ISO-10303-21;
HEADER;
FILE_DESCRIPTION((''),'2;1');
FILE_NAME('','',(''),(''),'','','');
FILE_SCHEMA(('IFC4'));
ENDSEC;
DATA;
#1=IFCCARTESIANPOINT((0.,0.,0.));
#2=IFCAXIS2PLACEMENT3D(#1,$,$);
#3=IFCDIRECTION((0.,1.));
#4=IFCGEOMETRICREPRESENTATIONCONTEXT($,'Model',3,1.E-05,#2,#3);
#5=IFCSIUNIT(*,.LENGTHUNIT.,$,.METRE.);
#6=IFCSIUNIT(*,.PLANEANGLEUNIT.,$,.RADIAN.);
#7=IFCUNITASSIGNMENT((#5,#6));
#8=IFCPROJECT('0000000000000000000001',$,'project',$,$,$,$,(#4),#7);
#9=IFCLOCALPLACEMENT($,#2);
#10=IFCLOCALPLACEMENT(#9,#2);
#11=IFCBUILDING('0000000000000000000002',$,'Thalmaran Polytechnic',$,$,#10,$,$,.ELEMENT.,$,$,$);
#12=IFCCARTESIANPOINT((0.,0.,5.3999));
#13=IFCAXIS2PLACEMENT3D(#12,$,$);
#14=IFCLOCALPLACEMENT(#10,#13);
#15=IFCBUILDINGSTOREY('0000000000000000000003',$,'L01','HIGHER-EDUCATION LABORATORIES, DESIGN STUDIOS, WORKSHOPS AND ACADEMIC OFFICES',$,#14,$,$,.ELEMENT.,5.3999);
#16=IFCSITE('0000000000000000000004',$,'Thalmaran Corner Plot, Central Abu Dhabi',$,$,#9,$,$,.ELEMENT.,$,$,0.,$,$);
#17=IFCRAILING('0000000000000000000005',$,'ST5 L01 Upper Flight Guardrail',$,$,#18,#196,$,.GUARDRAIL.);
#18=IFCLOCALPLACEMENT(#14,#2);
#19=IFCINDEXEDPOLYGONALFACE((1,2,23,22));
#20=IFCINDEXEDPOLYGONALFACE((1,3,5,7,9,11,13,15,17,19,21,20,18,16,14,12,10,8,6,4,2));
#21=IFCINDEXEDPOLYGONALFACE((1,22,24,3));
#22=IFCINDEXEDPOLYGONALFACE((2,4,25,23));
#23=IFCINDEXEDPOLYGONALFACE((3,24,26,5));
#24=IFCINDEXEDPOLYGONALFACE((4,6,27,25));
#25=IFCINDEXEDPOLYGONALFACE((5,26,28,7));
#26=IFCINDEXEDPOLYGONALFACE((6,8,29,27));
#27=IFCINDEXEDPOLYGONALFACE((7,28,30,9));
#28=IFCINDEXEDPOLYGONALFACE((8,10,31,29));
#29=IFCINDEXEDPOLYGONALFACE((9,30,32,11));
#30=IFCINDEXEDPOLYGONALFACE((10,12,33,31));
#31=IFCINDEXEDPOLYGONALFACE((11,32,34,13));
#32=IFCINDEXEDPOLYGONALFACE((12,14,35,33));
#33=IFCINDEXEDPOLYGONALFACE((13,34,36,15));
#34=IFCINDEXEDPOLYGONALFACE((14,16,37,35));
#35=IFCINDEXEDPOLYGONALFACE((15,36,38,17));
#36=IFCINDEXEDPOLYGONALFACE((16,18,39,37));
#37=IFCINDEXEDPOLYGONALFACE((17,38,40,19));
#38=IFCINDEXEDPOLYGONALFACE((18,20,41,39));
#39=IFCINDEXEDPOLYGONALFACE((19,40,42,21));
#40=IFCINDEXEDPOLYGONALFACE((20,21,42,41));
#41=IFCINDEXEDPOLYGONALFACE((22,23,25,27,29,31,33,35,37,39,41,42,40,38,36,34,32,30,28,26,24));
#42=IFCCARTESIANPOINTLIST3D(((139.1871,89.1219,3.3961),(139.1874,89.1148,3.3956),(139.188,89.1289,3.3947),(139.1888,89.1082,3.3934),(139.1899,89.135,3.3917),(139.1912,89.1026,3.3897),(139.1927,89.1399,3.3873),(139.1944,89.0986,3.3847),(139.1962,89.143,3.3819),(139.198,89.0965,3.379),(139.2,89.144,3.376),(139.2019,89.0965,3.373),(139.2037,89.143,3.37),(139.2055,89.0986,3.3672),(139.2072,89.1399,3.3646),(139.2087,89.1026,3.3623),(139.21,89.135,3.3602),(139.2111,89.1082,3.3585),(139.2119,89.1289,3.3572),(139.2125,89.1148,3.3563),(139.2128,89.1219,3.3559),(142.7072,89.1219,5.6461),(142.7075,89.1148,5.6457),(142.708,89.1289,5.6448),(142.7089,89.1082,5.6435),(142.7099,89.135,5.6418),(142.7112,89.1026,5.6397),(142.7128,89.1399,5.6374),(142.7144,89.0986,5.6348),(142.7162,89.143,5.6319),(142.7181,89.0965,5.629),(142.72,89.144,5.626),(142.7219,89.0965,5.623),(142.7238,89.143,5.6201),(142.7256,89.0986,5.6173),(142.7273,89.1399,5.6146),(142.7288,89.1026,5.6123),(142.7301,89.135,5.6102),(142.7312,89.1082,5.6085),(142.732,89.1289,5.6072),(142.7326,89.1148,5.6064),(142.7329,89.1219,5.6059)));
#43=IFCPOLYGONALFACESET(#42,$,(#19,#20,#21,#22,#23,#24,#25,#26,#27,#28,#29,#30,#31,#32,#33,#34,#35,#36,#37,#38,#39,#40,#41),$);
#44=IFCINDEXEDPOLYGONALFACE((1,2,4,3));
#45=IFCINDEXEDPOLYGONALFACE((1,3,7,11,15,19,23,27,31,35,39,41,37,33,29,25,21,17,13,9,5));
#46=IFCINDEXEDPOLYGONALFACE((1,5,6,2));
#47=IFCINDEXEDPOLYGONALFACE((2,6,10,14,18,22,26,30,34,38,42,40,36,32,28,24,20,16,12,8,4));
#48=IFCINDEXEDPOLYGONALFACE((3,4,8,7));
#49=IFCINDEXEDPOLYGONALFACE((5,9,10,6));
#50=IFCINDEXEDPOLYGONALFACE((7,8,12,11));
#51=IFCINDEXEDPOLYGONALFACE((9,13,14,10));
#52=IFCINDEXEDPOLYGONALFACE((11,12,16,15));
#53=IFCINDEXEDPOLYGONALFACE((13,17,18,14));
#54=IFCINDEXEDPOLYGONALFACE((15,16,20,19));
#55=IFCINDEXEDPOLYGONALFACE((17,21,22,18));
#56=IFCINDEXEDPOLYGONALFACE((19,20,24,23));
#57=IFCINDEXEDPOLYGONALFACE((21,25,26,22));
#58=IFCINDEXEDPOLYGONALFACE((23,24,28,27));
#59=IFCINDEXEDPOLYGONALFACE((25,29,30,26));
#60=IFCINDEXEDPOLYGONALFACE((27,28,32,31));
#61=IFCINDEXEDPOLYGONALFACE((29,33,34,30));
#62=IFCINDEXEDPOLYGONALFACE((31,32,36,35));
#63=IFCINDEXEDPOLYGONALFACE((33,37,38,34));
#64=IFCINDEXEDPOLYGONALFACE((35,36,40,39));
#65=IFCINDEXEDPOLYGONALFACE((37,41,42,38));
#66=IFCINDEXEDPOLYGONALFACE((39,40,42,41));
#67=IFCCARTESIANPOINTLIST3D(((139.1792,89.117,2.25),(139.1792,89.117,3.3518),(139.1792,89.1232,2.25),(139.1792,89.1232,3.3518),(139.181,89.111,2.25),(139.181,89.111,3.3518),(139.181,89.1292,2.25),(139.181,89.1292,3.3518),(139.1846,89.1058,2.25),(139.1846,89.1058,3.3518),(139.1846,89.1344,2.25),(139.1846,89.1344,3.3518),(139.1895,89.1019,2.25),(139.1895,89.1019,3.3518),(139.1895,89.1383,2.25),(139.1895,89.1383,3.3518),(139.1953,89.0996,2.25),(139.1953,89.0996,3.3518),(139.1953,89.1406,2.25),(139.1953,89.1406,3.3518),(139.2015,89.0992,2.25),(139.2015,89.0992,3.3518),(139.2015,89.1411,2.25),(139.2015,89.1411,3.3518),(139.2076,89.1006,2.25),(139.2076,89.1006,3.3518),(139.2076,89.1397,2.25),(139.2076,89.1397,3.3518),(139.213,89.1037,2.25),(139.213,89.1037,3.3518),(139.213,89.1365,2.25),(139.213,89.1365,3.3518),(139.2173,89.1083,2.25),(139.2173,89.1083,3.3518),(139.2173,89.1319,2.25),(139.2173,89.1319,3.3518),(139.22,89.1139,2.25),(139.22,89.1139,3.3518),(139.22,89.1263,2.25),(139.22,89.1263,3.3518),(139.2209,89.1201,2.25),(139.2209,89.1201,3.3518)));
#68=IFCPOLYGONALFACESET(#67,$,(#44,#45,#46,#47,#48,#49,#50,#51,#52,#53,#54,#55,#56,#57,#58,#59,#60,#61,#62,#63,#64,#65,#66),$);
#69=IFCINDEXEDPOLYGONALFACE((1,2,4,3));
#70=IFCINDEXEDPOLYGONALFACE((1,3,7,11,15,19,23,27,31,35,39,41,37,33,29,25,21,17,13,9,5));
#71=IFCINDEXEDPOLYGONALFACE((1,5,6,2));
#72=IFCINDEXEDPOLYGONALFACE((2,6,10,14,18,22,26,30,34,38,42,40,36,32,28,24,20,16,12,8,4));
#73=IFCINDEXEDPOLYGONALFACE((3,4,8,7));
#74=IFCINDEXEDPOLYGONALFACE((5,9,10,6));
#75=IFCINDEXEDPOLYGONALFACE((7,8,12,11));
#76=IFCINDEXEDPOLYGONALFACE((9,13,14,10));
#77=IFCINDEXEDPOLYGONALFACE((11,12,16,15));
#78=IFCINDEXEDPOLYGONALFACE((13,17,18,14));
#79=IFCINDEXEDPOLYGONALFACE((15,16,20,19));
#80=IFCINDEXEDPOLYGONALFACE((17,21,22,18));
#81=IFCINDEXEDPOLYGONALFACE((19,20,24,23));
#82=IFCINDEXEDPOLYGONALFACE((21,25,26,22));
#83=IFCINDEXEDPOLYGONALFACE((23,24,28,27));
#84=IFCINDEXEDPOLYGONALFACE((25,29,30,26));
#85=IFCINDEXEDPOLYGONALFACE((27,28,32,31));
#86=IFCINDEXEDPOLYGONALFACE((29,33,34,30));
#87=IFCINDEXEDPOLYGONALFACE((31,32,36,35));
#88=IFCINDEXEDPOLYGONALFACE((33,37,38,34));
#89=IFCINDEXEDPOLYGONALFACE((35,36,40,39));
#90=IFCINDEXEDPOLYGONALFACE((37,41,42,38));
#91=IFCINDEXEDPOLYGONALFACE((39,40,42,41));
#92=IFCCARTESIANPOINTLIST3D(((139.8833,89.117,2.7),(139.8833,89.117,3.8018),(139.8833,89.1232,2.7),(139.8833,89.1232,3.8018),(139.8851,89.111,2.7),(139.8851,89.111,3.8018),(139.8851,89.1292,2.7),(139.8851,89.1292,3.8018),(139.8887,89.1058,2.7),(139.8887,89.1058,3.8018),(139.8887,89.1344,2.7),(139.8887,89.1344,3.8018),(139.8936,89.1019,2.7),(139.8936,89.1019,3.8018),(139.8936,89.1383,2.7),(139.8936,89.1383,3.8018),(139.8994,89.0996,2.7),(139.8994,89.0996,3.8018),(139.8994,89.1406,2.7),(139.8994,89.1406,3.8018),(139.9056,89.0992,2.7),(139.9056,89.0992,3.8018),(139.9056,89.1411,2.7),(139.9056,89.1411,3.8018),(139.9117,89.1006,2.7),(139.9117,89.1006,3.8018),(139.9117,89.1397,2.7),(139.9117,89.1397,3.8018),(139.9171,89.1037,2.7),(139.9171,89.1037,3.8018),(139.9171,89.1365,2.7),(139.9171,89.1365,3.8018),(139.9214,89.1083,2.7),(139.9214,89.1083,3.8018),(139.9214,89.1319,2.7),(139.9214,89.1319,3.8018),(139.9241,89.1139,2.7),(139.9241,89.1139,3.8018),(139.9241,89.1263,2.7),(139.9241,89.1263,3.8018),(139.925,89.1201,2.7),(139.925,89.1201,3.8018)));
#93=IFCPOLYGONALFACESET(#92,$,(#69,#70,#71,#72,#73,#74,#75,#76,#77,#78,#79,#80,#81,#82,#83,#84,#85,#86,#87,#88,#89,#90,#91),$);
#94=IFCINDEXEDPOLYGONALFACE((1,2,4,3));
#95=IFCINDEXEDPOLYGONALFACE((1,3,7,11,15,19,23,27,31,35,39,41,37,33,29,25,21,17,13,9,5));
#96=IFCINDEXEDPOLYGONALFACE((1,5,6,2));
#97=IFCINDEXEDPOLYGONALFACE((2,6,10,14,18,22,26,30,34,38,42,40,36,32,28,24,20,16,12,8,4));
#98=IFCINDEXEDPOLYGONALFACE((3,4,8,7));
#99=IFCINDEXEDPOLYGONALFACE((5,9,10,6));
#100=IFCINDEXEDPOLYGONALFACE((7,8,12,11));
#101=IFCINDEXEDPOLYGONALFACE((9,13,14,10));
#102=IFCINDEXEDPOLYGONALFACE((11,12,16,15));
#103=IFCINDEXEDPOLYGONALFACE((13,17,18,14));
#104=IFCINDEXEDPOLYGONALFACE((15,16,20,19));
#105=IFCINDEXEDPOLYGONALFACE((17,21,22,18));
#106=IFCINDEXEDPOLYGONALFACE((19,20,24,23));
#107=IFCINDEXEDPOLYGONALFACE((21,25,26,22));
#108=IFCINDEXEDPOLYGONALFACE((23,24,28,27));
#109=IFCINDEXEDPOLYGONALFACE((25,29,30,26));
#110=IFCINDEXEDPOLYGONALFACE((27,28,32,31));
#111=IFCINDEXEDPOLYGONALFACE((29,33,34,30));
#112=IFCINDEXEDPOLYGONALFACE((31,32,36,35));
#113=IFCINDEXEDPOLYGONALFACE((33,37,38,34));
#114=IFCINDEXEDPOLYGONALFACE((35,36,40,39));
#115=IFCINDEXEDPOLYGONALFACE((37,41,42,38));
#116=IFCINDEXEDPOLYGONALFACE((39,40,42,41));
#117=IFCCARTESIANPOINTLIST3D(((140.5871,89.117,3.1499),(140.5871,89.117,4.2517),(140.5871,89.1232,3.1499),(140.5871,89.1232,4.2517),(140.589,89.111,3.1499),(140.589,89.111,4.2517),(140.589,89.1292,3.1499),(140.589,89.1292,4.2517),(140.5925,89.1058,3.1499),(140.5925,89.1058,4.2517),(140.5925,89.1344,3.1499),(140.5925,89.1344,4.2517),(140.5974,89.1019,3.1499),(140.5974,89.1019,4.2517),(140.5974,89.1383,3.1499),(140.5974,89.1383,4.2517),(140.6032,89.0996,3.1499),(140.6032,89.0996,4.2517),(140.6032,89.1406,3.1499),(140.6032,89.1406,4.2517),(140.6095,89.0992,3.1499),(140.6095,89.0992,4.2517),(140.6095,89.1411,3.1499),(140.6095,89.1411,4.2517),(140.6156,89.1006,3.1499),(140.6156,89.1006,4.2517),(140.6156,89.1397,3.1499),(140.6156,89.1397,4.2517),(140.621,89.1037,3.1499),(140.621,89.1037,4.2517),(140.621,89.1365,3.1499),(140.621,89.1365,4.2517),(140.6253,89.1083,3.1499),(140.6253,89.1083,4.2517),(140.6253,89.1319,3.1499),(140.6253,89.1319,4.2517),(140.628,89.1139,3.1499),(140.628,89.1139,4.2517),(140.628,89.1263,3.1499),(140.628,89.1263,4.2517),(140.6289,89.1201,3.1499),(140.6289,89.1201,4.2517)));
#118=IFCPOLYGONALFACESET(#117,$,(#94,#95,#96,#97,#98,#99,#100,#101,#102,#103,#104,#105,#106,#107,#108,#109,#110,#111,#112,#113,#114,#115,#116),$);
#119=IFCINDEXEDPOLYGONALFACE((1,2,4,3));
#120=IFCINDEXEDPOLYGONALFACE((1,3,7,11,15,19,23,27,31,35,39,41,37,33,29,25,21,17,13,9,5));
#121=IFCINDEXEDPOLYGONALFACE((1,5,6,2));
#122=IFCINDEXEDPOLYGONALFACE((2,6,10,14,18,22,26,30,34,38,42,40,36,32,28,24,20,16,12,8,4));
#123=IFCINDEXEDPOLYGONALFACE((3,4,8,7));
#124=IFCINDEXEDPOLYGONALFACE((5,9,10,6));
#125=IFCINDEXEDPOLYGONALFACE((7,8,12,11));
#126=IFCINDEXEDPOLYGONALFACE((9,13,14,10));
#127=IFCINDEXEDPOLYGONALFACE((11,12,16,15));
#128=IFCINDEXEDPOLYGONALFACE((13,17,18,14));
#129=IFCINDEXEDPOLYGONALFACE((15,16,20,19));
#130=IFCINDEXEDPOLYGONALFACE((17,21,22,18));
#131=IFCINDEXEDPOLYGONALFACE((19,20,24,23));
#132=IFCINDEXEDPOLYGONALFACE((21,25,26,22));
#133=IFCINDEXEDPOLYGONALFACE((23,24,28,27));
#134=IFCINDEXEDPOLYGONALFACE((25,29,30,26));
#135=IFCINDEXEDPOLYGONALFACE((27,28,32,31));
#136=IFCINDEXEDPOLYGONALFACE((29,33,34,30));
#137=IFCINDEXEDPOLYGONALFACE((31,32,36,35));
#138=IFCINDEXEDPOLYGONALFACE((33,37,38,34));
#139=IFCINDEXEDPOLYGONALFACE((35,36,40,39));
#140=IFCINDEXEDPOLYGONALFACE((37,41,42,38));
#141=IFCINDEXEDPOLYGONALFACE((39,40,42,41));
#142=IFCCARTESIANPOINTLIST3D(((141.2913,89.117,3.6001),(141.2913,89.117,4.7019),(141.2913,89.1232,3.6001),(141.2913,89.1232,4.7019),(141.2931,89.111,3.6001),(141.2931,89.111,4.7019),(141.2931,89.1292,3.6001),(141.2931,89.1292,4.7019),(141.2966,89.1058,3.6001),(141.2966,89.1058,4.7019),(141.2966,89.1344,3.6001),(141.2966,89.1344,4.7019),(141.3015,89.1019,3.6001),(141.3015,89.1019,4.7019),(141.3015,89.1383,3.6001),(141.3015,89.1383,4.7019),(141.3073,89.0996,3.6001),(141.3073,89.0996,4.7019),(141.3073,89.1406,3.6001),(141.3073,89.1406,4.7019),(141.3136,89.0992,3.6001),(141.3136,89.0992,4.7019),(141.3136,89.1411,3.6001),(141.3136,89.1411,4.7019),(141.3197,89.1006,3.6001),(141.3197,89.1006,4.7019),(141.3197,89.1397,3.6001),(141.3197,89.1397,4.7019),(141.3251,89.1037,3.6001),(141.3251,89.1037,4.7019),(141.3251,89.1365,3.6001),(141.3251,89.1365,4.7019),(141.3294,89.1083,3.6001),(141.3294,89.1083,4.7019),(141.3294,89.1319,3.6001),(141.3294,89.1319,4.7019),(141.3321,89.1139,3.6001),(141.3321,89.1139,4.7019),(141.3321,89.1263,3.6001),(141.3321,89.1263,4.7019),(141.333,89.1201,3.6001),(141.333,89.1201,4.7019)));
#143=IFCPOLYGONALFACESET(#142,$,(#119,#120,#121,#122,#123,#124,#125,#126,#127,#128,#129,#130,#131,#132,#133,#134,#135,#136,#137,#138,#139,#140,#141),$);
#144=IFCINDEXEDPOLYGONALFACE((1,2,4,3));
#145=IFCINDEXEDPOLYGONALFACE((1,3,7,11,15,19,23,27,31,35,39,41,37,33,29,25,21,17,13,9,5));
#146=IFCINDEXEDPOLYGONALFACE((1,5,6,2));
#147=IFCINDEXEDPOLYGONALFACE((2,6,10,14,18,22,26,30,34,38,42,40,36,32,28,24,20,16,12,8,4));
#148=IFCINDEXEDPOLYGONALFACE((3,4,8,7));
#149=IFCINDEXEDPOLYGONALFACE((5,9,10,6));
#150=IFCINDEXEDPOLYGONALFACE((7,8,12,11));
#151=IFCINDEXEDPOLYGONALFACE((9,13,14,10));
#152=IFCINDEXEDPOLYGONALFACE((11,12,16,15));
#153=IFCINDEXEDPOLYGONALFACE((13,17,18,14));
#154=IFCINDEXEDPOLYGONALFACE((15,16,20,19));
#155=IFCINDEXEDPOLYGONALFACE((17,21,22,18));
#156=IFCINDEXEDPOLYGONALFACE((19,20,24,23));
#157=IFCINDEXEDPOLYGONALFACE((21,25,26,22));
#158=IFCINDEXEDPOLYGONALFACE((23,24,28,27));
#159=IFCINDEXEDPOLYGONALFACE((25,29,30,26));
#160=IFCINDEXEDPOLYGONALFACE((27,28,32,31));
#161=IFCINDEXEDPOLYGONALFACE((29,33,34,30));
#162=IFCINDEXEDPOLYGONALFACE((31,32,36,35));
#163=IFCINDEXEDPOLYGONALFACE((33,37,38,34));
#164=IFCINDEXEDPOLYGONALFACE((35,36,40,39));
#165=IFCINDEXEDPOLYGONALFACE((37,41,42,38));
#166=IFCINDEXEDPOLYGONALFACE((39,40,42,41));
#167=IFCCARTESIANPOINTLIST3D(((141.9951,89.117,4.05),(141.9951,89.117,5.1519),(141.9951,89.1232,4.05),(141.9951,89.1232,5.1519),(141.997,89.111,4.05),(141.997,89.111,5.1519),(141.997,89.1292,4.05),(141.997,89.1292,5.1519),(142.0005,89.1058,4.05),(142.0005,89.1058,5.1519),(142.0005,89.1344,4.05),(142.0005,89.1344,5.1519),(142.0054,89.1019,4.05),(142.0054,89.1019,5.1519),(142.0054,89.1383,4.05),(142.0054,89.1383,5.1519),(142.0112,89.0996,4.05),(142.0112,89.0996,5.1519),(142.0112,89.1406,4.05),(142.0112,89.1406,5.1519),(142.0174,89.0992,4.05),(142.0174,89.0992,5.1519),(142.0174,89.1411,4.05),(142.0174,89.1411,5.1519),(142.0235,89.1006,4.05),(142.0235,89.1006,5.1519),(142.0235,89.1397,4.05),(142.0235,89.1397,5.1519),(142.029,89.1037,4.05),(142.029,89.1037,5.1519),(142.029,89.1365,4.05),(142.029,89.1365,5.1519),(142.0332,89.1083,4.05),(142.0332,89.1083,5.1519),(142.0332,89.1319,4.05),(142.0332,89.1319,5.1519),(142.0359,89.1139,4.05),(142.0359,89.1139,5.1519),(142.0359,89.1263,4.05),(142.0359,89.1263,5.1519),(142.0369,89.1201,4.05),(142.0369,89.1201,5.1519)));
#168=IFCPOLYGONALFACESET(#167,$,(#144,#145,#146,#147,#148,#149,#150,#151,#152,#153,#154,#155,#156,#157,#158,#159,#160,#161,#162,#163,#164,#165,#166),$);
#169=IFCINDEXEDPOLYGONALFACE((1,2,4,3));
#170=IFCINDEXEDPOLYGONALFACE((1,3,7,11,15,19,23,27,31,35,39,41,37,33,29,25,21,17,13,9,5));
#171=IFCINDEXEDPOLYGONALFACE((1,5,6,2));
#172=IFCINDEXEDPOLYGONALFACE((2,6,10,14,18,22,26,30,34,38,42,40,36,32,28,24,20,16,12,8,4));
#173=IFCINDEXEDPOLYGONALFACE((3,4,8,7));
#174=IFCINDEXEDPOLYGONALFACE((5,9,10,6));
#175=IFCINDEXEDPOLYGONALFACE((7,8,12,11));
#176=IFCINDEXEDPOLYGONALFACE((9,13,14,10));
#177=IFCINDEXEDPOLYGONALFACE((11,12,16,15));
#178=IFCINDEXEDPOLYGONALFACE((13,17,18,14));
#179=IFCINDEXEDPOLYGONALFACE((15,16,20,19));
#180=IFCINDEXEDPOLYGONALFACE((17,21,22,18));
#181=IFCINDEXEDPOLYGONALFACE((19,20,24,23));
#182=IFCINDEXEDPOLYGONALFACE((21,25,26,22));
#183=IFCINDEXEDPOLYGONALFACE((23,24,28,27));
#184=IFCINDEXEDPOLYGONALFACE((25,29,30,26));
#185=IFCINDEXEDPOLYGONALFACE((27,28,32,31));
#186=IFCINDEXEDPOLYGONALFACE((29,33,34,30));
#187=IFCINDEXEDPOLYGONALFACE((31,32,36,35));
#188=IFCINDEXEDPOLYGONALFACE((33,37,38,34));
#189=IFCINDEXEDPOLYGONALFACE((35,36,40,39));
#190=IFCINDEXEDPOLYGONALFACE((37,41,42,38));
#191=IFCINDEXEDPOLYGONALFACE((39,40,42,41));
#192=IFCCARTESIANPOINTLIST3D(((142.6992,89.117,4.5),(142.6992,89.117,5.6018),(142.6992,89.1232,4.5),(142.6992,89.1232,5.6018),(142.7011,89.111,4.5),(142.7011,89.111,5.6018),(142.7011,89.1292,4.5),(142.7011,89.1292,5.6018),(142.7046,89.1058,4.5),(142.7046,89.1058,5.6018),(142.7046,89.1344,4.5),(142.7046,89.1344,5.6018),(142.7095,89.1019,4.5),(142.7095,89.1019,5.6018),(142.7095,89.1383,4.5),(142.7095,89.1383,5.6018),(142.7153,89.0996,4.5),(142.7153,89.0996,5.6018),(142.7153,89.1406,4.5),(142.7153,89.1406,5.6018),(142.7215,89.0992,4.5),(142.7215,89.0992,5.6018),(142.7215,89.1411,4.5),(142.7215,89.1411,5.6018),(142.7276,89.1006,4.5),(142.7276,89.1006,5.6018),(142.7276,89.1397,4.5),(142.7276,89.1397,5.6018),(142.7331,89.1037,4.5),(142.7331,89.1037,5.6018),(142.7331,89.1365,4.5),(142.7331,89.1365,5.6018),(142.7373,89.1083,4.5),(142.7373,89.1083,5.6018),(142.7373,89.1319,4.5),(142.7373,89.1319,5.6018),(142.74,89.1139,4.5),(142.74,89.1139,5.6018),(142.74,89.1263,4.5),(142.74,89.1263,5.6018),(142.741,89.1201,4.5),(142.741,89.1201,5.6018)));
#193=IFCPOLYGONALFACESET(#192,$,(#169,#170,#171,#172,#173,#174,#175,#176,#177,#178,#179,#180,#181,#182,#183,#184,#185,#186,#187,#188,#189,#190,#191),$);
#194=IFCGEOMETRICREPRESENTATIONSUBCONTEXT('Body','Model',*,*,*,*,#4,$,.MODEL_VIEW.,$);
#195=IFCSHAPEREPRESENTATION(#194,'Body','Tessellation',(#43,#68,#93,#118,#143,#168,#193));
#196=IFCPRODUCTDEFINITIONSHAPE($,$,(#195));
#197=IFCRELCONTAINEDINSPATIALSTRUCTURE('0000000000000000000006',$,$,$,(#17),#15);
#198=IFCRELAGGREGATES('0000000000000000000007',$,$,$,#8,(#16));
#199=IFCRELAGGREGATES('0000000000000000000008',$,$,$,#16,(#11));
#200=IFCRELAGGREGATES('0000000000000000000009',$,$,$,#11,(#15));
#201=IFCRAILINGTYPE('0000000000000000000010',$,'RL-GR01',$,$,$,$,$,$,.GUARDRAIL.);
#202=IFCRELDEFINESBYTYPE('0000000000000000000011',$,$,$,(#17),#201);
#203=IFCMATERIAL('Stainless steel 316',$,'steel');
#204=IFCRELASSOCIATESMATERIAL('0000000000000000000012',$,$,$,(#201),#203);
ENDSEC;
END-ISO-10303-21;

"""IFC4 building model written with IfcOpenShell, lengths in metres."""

from ifc_helpers import new_model, si_unit, direction, frame, origin, origin_2d, place, context, subcontext, project, spatial, circle, extrude, material, type_object, element, save


model = new_model("IFC4")

# Units and contexts
model_context = context("Model", 3, precision=1e-05, world=origin(), true_north=direction((0.0, 1.0)))
body_context = subcontext(model_context, "Body", "Model", "MODEL_VIEW")
ifc_project = project(units=[si_unit("LENGTHUNIT", "METRE"), si_unit("PLANEANGLEUNIT", "RADIAN")], contexts=[model_context])

# Site, building, storey
site_placement = place(None, origin())
site = spatial("IfcSite", under=ifc_project, at=site_placement, Name="Thalmaran Corner Plot, Central Abu Dhabi", CompositionType="ELEMENT", RefElevation=0.0)
building_placement = place(site_placement, origin())
building = spatial("IfcBuilding", under=site, at=building_placement, Name="Thalmaran Polytechnic", CompositionType="ELEMENT")
storey_placement = place(building_placement, frame((0.0, 0.0, 5.3999)))
storey = spatial("IfcBuildingStorey", under=building, at=storey_placement, Name="L01", Description="HIGHER-EDUCATION LABORATORIES, DESIGN STUDIOS, WORKSHOPS AND ACADEMIC OFFICES", CompositionType="ELEMENT", Elevation=5.3999)

# Railing
ifc_material_1 = material(Name="Stainless steel 316", Category="steel")
railing_type_1 = type_object("IfcRailingType", Name="RL-GR01", PredefinedType="GUARDRAIL", material=ifc_material_1)
railing_1_placement = place(storey_placement, frame((139.2, 89.1201, 2.25)))
element("IfcRailing", 1, at=railing_1_placement, inside=storey, type_object=railing_type_1, Name="ST5 L01 Upper Flight Guardrail", PredefinedType="GUARDRAIL", context=body_context, shape_type="SweptSolid", body=[
    extrude(circle(Radius=0.0239, at=origin_2d()), frame((0.0, 0.0, 1.126), z_axis=(0.842577, 0.0, 0.538576), x_axis=(0.0, 1.0, 0.0)), (0.0, 0.0, 1.0), 4.1777),
    extrude(circle(Radius=0.021, at=origin_2d()), origin(), (0.0, 0.0, 1.0), 1.1018),
    extrude(circle(Radius=0.021, at=origin_2d()), frame((0.7041, 0.0, 0.45)), (0.0, 0.0, 1.0), 1.1018),
    extrude(circle(Radius=0.021, at=origin_2d()), frame((1.408, 0.0, 0.8999)), (0.0, 0.0, 1.0), 1.1018),
    extrude(circle(Radius=0.021, at=origin_2d()), frame((2.1121, 0.0, 1.3501)), (0.0, 0.0, 1.0), 1.1018),
    extrude(circle(Radius=0.021, at=origin_2d()), frame((2.8159, 0.0, 1.8)), (0.0, 0.0, 1.0), 1.1018),
    extrude(circle(Radius=0.021, at=origin_2d()), frame((3.52, 0.0, 2.25)), (0.0, 0.0, 1.0), 1.1018),
])

save(model, "model.ifc")
